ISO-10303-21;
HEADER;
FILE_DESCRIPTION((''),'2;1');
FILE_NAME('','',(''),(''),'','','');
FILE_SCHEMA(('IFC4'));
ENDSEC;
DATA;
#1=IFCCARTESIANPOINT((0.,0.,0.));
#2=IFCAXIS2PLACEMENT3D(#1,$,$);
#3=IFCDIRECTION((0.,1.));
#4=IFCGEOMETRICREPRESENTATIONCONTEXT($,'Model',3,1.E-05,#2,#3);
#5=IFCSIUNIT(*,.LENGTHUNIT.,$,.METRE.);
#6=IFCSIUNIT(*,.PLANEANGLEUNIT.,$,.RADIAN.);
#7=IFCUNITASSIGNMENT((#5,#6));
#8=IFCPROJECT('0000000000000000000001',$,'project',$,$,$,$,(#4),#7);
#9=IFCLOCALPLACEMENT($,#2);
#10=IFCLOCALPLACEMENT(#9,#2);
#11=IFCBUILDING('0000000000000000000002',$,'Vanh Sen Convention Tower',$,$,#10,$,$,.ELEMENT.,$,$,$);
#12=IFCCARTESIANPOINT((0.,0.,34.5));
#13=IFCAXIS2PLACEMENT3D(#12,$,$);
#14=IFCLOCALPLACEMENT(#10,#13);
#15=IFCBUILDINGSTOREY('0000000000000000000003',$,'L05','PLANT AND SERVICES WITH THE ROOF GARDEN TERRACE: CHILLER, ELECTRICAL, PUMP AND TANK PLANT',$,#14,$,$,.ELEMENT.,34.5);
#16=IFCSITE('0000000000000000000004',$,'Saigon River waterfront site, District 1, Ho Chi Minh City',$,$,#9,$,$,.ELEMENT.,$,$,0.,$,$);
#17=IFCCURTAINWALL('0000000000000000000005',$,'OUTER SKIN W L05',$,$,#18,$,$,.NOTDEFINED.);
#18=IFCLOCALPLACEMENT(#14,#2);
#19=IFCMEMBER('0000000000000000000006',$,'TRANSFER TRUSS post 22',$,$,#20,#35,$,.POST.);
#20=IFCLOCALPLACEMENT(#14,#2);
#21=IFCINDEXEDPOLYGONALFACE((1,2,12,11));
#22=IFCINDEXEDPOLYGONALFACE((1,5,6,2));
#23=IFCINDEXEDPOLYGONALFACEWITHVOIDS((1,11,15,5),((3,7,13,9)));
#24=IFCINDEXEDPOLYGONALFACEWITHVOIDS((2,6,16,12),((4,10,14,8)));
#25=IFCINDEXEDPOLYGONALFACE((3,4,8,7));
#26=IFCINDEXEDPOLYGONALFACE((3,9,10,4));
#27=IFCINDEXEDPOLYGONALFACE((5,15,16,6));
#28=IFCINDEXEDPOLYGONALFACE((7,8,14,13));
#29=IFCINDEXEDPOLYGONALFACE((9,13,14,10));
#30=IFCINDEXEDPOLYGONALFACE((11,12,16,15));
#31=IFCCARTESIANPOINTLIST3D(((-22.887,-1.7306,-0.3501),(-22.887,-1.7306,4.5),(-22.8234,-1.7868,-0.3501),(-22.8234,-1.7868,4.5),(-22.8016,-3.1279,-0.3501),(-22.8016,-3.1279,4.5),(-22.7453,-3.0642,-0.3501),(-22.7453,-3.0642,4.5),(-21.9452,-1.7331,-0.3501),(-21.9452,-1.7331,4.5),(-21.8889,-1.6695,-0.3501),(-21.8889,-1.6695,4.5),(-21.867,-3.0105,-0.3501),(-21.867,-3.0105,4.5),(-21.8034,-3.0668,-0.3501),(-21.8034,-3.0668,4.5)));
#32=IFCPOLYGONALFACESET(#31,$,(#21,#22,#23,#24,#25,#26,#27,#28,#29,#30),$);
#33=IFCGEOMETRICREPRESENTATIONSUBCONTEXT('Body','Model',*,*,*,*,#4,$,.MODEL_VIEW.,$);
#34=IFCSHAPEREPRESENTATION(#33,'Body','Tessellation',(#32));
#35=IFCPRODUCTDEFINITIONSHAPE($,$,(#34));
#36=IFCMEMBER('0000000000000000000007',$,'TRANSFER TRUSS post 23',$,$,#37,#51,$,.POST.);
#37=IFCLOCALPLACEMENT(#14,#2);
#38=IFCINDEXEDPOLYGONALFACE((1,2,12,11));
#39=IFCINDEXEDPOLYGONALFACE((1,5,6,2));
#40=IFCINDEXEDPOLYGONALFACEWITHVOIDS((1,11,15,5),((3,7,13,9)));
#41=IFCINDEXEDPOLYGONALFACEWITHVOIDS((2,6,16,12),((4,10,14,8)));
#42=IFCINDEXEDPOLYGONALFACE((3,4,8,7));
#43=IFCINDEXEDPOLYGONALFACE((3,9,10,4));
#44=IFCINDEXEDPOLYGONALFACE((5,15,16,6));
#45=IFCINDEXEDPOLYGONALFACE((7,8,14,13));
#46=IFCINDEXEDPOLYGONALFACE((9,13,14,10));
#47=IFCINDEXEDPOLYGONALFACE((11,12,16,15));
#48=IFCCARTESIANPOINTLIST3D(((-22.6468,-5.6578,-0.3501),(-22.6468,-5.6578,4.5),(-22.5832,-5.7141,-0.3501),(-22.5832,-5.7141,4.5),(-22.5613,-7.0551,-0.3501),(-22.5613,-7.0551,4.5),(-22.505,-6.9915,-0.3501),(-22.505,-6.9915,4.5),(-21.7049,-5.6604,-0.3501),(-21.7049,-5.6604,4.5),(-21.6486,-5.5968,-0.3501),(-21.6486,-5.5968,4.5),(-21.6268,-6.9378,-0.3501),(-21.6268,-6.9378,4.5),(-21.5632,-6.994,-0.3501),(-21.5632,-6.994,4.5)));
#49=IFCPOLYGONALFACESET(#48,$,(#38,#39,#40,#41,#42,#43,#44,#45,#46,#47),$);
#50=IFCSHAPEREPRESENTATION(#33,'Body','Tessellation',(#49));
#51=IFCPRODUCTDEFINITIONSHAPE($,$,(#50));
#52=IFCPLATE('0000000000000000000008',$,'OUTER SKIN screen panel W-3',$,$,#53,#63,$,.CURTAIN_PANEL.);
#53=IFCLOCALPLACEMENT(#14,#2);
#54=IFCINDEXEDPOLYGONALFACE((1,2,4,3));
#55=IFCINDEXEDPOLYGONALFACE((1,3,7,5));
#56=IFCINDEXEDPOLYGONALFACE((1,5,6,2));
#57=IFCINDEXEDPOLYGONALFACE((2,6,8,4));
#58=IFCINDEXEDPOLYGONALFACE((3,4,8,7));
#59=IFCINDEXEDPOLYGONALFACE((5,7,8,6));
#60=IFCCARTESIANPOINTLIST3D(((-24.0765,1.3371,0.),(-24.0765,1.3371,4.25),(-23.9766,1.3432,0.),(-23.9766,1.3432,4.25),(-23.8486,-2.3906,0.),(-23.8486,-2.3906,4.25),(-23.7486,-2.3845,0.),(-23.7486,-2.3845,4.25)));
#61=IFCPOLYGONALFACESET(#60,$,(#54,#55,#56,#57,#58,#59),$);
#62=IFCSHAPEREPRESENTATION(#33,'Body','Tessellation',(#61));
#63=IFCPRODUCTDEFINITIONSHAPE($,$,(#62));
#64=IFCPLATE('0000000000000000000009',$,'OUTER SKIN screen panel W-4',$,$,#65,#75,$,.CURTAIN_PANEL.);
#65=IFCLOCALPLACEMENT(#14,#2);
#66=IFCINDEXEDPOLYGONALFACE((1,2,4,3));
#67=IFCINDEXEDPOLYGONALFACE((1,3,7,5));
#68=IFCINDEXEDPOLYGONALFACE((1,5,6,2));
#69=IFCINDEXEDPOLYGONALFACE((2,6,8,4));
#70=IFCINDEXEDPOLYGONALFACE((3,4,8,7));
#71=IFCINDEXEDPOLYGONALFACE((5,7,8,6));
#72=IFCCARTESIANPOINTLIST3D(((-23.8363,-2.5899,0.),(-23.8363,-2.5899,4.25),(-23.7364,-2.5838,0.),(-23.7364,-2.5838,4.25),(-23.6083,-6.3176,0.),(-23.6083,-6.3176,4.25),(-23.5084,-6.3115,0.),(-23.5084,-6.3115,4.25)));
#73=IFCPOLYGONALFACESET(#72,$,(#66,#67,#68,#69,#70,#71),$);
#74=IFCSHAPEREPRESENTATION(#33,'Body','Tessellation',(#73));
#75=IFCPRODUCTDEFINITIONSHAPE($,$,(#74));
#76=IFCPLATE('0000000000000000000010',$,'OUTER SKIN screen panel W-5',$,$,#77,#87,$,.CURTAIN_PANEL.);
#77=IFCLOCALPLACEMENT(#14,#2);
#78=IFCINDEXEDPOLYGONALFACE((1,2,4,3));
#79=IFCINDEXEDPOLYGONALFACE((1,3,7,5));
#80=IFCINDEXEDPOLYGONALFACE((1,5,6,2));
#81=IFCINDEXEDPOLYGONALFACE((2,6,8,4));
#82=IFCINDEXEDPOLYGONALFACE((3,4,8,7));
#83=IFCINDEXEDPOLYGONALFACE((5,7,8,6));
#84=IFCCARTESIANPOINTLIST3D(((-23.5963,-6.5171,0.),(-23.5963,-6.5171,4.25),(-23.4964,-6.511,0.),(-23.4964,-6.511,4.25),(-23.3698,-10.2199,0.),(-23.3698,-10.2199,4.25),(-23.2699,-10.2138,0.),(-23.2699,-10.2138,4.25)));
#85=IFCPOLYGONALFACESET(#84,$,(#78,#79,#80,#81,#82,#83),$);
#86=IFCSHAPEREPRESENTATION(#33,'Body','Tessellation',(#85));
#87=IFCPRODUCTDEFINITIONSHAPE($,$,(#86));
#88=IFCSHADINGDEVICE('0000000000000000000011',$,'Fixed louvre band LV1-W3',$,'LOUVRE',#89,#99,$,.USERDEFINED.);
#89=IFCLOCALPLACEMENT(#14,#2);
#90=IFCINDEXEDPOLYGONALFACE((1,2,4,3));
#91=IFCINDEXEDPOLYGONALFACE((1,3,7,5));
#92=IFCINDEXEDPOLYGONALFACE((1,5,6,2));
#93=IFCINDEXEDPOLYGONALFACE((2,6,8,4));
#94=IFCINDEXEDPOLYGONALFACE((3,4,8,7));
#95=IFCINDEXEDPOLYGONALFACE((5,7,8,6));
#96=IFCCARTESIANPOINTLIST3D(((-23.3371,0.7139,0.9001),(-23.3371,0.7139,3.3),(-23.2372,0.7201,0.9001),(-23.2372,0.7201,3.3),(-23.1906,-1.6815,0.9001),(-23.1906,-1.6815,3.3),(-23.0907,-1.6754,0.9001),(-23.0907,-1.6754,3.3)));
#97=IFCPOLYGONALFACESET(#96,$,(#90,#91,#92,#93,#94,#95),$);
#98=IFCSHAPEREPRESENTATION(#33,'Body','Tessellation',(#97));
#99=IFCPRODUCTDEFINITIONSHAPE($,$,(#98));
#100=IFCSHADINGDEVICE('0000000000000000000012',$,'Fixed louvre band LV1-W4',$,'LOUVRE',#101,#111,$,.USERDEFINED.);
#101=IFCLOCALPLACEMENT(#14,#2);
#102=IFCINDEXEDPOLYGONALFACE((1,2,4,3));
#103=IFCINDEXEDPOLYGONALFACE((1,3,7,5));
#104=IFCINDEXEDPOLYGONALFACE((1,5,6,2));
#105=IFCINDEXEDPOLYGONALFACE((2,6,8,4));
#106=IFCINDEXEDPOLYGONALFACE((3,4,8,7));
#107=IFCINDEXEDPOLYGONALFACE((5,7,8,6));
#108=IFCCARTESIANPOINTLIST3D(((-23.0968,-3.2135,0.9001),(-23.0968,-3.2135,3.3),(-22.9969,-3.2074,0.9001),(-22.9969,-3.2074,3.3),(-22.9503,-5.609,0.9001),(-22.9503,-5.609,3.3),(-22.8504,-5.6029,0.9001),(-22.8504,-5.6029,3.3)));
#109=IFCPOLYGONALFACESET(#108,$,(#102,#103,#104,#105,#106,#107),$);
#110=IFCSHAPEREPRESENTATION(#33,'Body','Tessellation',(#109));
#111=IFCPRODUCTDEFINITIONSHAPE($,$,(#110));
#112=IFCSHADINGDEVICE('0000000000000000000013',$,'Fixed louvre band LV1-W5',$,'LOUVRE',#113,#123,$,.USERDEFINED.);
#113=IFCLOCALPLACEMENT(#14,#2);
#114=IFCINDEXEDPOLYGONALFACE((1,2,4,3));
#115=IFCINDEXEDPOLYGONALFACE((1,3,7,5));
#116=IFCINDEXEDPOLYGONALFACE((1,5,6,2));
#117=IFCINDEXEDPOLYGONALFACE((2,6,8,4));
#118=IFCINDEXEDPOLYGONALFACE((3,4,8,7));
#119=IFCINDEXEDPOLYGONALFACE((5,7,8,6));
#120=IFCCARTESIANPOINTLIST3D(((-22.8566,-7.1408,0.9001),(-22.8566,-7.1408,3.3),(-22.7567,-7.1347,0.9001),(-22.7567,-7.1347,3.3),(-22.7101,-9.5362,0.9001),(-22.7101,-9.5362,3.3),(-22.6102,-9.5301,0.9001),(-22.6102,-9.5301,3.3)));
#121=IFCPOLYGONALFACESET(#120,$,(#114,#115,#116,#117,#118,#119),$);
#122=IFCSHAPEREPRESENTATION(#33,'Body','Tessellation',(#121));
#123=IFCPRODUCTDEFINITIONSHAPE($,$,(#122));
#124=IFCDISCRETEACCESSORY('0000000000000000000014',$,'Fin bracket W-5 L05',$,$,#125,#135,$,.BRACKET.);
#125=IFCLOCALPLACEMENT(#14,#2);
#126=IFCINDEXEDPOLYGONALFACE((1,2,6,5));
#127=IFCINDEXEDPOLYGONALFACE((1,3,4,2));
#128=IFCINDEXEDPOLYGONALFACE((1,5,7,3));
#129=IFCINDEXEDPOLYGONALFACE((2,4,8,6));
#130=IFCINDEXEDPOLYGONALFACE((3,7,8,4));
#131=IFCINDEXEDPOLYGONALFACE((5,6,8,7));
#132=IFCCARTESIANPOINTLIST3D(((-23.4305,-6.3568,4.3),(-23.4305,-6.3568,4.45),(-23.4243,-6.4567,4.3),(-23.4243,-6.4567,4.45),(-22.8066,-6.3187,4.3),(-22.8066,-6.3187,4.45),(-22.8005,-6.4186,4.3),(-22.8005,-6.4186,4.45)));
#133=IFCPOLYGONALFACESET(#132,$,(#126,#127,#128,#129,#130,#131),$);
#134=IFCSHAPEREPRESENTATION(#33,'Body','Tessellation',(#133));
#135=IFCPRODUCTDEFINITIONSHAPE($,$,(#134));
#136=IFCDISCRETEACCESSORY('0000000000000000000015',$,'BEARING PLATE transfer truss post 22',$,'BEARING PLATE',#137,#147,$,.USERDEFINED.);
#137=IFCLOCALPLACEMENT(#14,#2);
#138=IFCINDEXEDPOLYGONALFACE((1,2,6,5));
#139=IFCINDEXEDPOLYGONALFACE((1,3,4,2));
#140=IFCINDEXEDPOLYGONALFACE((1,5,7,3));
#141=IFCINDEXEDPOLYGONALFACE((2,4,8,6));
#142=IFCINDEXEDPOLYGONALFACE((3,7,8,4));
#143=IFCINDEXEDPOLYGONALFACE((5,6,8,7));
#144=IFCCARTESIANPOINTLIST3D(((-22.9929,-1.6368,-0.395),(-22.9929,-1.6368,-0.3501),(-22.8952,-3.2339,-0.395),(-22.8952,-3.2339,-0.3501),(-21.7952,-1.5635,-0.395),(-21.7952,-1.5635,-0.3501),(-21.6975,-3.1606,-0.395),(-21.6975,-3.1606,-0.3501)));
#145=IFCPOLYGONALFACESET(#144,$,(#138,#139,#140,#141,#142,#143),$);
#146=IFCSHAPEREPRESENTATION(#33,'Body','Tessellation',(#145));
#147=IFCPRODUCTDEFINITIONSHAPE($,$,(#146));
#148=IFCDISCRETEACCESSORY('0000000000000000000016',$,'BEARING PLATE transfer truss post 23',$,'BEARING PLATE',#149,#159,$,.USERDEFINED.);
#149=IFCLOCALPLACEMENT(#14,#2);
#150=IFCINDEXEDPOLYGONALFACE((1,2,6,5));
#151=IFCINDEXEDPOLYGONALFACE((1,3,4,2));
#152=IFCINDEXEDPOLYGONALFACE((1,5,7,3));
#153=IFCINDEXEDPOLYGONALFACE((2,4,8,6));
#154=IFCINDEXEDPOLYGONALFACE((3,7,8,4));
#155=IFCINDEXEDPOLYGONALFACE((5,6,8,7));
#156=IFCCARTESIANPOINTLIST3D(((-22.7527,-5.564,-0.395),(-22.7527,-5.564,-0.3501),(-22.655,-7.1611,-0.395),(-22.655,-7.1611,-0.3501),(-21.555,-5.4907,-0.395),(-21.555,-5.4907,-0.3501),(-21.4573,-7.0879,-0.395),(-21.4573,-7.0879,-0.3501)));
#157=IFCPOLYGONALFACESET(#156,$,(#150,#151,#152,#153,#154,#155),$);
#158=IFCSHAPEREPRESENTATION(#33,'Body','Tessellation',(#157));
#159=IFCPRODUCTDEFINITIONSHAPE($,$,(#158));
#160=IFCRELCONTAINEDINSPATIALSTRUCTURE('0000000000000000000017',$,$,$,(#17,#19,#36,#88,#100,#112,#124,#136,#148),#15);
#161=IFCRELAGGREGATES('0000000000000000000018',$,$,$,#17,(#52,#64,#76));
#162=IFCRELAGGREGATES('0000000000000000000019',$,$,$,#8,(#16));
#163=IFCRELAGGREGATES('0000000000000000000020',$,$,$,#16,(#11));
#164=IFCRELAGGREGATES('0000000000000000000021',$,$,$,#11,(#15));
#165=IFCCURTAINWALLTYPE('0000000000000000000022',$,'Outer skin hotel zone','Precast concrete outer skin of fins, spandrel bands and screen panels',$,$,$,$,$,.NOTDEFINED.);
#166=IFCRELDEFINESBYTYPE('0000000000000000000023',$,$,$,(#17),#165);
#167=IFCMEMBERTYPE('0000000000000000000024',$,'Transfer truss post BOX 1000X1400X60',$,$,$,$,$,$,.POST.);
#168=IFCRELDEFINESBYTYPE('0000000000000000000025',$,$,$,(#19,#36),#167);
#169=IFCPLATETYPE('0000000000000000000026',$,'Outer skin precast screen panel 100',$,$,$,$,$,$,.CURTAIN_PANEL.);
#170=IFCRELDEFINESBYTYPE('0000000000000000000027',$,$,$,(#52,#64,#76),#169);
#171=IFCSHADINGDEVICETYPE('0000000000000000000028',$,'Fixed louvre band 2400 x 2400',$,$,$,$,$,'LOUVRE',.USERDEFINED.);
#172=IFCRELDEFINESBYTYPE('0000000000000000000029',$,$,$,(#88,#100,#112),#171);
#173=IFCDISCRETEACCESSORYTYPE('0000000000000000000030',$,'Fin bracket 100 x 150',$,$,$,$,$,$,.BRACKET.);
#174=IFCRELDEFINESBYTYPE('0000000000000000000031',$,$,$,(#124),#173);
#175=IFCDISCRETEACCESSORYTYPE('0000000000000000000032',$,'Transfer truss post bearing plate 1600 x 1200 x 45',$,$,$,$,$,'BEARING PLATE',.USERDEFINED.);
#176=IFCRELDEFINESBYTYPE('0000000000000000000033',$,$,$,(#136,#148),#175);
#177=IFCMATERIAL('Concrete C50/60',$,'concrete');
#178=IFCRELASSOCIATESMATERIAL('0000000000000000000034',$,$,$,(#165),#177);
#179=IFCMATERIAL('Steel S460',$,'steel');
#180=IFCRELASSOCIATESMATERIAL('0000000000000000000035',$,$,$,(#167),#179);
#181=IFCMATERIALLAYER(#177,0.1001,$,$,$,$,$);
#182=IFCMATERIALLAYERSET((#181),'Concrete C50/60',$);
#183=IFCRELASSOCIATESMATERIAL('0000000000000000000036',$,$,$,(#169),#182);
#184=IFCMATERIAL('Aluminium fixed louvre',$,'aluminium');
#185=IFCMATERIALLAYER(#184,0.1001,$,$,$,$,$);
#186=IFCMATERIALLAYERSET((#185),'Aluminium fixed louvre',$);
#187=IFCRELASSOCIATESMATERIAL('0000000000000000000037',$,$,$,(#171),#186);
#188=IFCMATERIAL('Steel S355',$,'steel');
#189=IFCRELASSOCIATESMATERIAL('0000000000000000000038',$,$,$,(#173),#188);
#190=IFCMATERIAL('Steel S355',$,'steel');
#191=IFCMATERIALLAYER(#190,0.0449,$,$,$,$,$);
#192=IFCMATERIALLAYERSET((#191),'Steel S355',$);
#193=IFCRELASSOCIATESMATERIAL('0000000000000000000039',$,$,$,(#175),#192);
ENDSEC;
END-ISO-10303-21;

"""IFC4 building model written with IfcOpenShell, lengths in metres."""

from ifc_helpers import new_model, si_unit, direction, frame, origin, origin_2d, place, context, subcontext, project, spatial, rectangle, hollow_rectangle, extrude, material, layer, layer_set, material_profile, profile_set, type_object, element, aggregate, save


model = new_model("IFC4")

# Units and contexts
model_context = context("Model", 3, precision=1e-05, world=origin(), true_north=direction((0.0, 1.0)))
body_context = subcontext(model_context, "Body", "Model", "MODEL_VIEW")
ifc_project = project(units=[si_unit("LENGTHUNIT", "METRE"), si_unit("PLANEANGLEUNIT", "RADIAN")], contexts=[model_context])

# Site, building, storey
site_placement = place(None, origin())
site = spatial("IfcSite", under=ifc_project, at=site_placement, Name="Saigon River waterfront site, District 1, Ho Chi Minh City", CompositionType="ELEMENT", RefElevation=0.0)
building_placement = place(site_placement, origin())
building = spatial("IfcBuilding", under=site, at=building_placement, Name="Vanh Sen Convention Tower", CompositionType="ELEMENT")
storey_placement = place(building_placement, frame((0.0, 0.0, 34.5)))
storey = spatial("IfcBuildingStorey", under=building, at=storey_placement, Name="L05", Description="PLANT AND SERVICES WITH THE ROOF GARDEN TERRACE: CHILLER, ELECTRICAL, PUMP AND TANK PLANT", CompositionType="ELEMENT", Elevation=34.5)

# Curtain wall
ifc_material_1 = material(Name="Concrete C50/60", Category="concrete")
curtain_wall_type = type_object("IfcCurtainWallType", Name="Outer skin hotel zone", Description="Precast concrete outer skin of fins, spandrel bands and screen panels", PredefinedType="NOTDEFINED", material=ifc_material_1)
curtain_wall_1_placement = place(storey_placement, origin())
curtain_wall_1 = element("IfcCurtainWall", 1, at=curtain_wall_1_placement, inside=storey, type_object=curtain_wall_type, Name="OUTER SKIN W L05", PredefinedType="NOTDEFINED")

# Members
ifc_material_2 = material(Name="Steel S460", Category="steel")
ifc_material_3 = material(Name="Steel S355", Category="steel")
ifc_material_profile_1 = material_profile(ifc_material_2, hollow_rectangle(XDim=1.3999, YDim=1.0, WallThickness=0.0601, at=origin_2d()), Name="BOX 1000X1400X60")
ifc_profile_set_1 = profile_set([ifc_material_profile_1], Name="Steel S460")
member_type_1 = type_object("IfcMemberType", Name="Transfer truss post BOX 1000X1400X60", PredefinedType="POST", material=ifc_profile_set_1)
for number, where, z_axis, x_axis, name in (
    (2, (-22.3452, -2.3987, -0.3501), (0.0, 0.0, 1.0), (0.061049, -0.998135, 0.0), "TRANSFER TRUSS post 22"),
    (3, (-22.105, -6.3259, -0.3501), (0.0, 0.0, 1.0), (0.061049, -0.998135, 0.0), "TRANSFER TRUSS post 23"),
):
    element("IfcMember", number, at=place(storey_placement, frame(where, z_axis=z_axis, x_axis=x_axis)), inside=storey, type_object=member_type_1, Name=name, PredefinedType="POST", context=body_context, shape_type="SweptSolid", body=[
        extrude(hollow_rectangle(XDim=1.3999, YDim=1.0, WallThickness=0.0601, at=origin_2d()), origin(), (0.0, 0.0, 1.0), 4.8501),
    ])

# Plates
ifc_layer_1 = layer(ifc_material_1, 0.1001)
ifc_layer_set_1 = layer_set([ifc_layer_1], Name="Concrete C50/60")
plate_type = type_object("IfcPlateType", Name="Outer skin precast screen panel 100", PredefinedType="CURTAIN_PANEL", material=ifc_layer_set_1)
plate_1_placement = place(storey_placement, frame((-23.9126, -0.5237, 0.0), z_axis=(0.0, 0.0, 1.0), x_axis=(0.061047, -0.998135, 0.0)))
plate_1 = element("IfcPlate", 4, at=plate_1_placement, type_object=plate_type, Name="OUTER SKIN screen panel W-3", PredefinedType="CURTAIN_PANEL", context=body_context, shape_type="SweptSolid", body=[
    extrude(rectangle(XDim=3.7346, YDim=0.1001, at=origin_2d()), origin(), (0.0, 0.0, 1.0), 4.25),
])
plate_2_placement = place(storey_placement, frame((-23.6724, -4.4507, 0.0), z_axis=(0.0, 0.0, 1.0), x_axis=(0.061049, -0.998135, 0.0)))
plate_2 = element("IfcPlate", 5, at=plate_2_placement, type_object=plate_type, Name="OUTER SKIN screen panel W-4", PredefinedType="CURTAIN_PANEL", context=body_context, shape_type="SweptSolid", body=[
    extrude(rectangle(XDim=3.7346, YDim=0.1001, at=origin_2d()), origin(), (0.0, 0.0, 1.0), 4.25),
])
plate_3_placement = place(storey_placement, frame((-23.4331, -8.3655, 0.0), z_axis=(0.0, 0.0, 1.0), x_axis=(0.061047, -0.998135, 0.0)))
plate_3 = element("IfcPlate", 6, at=plate_3_placement, type_object=plate_type, Name="OUTER SKIN screen panel W-5", PredefinedType="CURTAIN_PANEL", context=body_context, shape_type="SweptSolid", body=[
    extrude(rectangle(XDim=3.7097, YDim=0.1001, at=origin_2d()), origin(), (0.0, 0.0, 1.0), 4.25),
])
aggregate(curtain_wall_1, [plate_1, plate_2, plate_3])

# Shading devices
ifc_material_4 = material(Name="Aluminium fixed louvre", Category="aluminium")
ifc_layer_2 = layer(ifc_material_4, 0.1001)
ifc_layer_set_2 = layer_set([ifc_layer_2], Name="Aluminium fixed louvre")
shading_device_type = type_object("IfcShadingDeviceType", Name="Fixed louvre band 2400 x 2400", ElementType="LOUVRE", PredefinedType="USERDEFINED", material=ifc_layer_set_2)
for number, where, z_axis, x_axis, name in (
    (7, (-23.2139, -0.4807, 0.9001), (0.0, 0.0, 1.0), (0.061049, -0.998135, 0.0), "Fixed louvre band LV1-W3"),
    (8, (-22.9736, -4.4082, 0.9001), (0.0, 0.0, 1.0), (0.061049, -0.998135, 0.0), "Fixed louvre band LV1-W4"),
    (9, (-22.7334, -8.3354, 0.9001), (0.0, 0.0, 1.0), (0.061049, -0.998135, 0.0), "Fixed louvre band LV1-W5"),
):
    element("IfcShadingDevice", number, at=place(storey_placement, frame(where, z_axis=z_axis, x_axis=x_axis)), inside=storey, type_object=shading_device_type, Name=name, ObjectType="LOUVRE", PredefinedType="USERDEFINED", context=body_context, shape_type="SweptSolid", body=[
        extrude(rectangle(XDim=2.3999, YDim=0.1001, at=origin_2d()), origin(), (0.0, 0.0, 1.0), 2.3999),
    ])

# Discrete accessories
ifc_material_5 = material(Name="Steel S355", Category="steel")
discrete_accessory_type_1 = type_object("IfcDiscreteAccessoryType", Name="Fin bracket 100 x 150", PredefinedType="BRACKET", material=ifc_material_5)
discrete_accessory_placement = place(storey_placement, frame((-23.1155, -6.3877, 4.3), z_axis=(0.0, 0.0, 1.0), x_axis=(-0.998135, -0.061049, 0.0)))
element("IfcDiscreteAccessory", 10, at=discrete_accessory_placement, inside=storey, type_object=discrete_accessory_type_1, Name="Fin bracket W-5 L05", PredefinedType="BRACKET", context=body_context, shape_type="SweptSolid", body=[
    extrude(rectangle(XDim=0.625, YDim=0.1001, at=origin_2d()), origin(), (0.0, 0.0, 1.0), 0.1499),
])
ifc_layer_3 = layer(ifc_material_3, 0.0449)
ifc_layer_set_3 = layer_set([ifc_layer_3], Name="Steel S355")
discrete_accessory_type_2 = type_object("IfcDiscreteAccessoryType", Name="Transfer truss post bearing plate 1600 x 1200 x 45", ElementType="BEARING PLATE", PredefinedType="USERDEFINED", material=ifc_layer_set_3)
for number, where, z_axis, x_axis, name in (
    (11, (-22.3452, -2.3987, -0.395), (0.0, 0.0, 1.0), (0.061049, -0.998135, 0.0), "BEARING PLATE transfer truss post 22"),
    (12, (-22.105, -6.3259, -0.395), (0.0, 0.0, 1.0), (0.061049, -0.998135, 0.0), "BEARING PLATE transfer truss post 23"),
):
    element("IfcDiscreteAccessory", number, at=place(storey_placement, frame(where, z_axis=z_axis, x_axis=x_axis)), inside=storey, type_object=discrete_accessory_type_2, Name=name, ObjectType="BEARING PLATE", PredefinedType="USERDEFINED", context=body_context, shape_type="SweptSolid", body=[
        extrude(rectangle(XDim=1.6001, YDim=1.2, at=origin_2d()), origin(), (0.0, 0.0, 1.0), 0.0449),
    ])

save(model, "model.ifc")
